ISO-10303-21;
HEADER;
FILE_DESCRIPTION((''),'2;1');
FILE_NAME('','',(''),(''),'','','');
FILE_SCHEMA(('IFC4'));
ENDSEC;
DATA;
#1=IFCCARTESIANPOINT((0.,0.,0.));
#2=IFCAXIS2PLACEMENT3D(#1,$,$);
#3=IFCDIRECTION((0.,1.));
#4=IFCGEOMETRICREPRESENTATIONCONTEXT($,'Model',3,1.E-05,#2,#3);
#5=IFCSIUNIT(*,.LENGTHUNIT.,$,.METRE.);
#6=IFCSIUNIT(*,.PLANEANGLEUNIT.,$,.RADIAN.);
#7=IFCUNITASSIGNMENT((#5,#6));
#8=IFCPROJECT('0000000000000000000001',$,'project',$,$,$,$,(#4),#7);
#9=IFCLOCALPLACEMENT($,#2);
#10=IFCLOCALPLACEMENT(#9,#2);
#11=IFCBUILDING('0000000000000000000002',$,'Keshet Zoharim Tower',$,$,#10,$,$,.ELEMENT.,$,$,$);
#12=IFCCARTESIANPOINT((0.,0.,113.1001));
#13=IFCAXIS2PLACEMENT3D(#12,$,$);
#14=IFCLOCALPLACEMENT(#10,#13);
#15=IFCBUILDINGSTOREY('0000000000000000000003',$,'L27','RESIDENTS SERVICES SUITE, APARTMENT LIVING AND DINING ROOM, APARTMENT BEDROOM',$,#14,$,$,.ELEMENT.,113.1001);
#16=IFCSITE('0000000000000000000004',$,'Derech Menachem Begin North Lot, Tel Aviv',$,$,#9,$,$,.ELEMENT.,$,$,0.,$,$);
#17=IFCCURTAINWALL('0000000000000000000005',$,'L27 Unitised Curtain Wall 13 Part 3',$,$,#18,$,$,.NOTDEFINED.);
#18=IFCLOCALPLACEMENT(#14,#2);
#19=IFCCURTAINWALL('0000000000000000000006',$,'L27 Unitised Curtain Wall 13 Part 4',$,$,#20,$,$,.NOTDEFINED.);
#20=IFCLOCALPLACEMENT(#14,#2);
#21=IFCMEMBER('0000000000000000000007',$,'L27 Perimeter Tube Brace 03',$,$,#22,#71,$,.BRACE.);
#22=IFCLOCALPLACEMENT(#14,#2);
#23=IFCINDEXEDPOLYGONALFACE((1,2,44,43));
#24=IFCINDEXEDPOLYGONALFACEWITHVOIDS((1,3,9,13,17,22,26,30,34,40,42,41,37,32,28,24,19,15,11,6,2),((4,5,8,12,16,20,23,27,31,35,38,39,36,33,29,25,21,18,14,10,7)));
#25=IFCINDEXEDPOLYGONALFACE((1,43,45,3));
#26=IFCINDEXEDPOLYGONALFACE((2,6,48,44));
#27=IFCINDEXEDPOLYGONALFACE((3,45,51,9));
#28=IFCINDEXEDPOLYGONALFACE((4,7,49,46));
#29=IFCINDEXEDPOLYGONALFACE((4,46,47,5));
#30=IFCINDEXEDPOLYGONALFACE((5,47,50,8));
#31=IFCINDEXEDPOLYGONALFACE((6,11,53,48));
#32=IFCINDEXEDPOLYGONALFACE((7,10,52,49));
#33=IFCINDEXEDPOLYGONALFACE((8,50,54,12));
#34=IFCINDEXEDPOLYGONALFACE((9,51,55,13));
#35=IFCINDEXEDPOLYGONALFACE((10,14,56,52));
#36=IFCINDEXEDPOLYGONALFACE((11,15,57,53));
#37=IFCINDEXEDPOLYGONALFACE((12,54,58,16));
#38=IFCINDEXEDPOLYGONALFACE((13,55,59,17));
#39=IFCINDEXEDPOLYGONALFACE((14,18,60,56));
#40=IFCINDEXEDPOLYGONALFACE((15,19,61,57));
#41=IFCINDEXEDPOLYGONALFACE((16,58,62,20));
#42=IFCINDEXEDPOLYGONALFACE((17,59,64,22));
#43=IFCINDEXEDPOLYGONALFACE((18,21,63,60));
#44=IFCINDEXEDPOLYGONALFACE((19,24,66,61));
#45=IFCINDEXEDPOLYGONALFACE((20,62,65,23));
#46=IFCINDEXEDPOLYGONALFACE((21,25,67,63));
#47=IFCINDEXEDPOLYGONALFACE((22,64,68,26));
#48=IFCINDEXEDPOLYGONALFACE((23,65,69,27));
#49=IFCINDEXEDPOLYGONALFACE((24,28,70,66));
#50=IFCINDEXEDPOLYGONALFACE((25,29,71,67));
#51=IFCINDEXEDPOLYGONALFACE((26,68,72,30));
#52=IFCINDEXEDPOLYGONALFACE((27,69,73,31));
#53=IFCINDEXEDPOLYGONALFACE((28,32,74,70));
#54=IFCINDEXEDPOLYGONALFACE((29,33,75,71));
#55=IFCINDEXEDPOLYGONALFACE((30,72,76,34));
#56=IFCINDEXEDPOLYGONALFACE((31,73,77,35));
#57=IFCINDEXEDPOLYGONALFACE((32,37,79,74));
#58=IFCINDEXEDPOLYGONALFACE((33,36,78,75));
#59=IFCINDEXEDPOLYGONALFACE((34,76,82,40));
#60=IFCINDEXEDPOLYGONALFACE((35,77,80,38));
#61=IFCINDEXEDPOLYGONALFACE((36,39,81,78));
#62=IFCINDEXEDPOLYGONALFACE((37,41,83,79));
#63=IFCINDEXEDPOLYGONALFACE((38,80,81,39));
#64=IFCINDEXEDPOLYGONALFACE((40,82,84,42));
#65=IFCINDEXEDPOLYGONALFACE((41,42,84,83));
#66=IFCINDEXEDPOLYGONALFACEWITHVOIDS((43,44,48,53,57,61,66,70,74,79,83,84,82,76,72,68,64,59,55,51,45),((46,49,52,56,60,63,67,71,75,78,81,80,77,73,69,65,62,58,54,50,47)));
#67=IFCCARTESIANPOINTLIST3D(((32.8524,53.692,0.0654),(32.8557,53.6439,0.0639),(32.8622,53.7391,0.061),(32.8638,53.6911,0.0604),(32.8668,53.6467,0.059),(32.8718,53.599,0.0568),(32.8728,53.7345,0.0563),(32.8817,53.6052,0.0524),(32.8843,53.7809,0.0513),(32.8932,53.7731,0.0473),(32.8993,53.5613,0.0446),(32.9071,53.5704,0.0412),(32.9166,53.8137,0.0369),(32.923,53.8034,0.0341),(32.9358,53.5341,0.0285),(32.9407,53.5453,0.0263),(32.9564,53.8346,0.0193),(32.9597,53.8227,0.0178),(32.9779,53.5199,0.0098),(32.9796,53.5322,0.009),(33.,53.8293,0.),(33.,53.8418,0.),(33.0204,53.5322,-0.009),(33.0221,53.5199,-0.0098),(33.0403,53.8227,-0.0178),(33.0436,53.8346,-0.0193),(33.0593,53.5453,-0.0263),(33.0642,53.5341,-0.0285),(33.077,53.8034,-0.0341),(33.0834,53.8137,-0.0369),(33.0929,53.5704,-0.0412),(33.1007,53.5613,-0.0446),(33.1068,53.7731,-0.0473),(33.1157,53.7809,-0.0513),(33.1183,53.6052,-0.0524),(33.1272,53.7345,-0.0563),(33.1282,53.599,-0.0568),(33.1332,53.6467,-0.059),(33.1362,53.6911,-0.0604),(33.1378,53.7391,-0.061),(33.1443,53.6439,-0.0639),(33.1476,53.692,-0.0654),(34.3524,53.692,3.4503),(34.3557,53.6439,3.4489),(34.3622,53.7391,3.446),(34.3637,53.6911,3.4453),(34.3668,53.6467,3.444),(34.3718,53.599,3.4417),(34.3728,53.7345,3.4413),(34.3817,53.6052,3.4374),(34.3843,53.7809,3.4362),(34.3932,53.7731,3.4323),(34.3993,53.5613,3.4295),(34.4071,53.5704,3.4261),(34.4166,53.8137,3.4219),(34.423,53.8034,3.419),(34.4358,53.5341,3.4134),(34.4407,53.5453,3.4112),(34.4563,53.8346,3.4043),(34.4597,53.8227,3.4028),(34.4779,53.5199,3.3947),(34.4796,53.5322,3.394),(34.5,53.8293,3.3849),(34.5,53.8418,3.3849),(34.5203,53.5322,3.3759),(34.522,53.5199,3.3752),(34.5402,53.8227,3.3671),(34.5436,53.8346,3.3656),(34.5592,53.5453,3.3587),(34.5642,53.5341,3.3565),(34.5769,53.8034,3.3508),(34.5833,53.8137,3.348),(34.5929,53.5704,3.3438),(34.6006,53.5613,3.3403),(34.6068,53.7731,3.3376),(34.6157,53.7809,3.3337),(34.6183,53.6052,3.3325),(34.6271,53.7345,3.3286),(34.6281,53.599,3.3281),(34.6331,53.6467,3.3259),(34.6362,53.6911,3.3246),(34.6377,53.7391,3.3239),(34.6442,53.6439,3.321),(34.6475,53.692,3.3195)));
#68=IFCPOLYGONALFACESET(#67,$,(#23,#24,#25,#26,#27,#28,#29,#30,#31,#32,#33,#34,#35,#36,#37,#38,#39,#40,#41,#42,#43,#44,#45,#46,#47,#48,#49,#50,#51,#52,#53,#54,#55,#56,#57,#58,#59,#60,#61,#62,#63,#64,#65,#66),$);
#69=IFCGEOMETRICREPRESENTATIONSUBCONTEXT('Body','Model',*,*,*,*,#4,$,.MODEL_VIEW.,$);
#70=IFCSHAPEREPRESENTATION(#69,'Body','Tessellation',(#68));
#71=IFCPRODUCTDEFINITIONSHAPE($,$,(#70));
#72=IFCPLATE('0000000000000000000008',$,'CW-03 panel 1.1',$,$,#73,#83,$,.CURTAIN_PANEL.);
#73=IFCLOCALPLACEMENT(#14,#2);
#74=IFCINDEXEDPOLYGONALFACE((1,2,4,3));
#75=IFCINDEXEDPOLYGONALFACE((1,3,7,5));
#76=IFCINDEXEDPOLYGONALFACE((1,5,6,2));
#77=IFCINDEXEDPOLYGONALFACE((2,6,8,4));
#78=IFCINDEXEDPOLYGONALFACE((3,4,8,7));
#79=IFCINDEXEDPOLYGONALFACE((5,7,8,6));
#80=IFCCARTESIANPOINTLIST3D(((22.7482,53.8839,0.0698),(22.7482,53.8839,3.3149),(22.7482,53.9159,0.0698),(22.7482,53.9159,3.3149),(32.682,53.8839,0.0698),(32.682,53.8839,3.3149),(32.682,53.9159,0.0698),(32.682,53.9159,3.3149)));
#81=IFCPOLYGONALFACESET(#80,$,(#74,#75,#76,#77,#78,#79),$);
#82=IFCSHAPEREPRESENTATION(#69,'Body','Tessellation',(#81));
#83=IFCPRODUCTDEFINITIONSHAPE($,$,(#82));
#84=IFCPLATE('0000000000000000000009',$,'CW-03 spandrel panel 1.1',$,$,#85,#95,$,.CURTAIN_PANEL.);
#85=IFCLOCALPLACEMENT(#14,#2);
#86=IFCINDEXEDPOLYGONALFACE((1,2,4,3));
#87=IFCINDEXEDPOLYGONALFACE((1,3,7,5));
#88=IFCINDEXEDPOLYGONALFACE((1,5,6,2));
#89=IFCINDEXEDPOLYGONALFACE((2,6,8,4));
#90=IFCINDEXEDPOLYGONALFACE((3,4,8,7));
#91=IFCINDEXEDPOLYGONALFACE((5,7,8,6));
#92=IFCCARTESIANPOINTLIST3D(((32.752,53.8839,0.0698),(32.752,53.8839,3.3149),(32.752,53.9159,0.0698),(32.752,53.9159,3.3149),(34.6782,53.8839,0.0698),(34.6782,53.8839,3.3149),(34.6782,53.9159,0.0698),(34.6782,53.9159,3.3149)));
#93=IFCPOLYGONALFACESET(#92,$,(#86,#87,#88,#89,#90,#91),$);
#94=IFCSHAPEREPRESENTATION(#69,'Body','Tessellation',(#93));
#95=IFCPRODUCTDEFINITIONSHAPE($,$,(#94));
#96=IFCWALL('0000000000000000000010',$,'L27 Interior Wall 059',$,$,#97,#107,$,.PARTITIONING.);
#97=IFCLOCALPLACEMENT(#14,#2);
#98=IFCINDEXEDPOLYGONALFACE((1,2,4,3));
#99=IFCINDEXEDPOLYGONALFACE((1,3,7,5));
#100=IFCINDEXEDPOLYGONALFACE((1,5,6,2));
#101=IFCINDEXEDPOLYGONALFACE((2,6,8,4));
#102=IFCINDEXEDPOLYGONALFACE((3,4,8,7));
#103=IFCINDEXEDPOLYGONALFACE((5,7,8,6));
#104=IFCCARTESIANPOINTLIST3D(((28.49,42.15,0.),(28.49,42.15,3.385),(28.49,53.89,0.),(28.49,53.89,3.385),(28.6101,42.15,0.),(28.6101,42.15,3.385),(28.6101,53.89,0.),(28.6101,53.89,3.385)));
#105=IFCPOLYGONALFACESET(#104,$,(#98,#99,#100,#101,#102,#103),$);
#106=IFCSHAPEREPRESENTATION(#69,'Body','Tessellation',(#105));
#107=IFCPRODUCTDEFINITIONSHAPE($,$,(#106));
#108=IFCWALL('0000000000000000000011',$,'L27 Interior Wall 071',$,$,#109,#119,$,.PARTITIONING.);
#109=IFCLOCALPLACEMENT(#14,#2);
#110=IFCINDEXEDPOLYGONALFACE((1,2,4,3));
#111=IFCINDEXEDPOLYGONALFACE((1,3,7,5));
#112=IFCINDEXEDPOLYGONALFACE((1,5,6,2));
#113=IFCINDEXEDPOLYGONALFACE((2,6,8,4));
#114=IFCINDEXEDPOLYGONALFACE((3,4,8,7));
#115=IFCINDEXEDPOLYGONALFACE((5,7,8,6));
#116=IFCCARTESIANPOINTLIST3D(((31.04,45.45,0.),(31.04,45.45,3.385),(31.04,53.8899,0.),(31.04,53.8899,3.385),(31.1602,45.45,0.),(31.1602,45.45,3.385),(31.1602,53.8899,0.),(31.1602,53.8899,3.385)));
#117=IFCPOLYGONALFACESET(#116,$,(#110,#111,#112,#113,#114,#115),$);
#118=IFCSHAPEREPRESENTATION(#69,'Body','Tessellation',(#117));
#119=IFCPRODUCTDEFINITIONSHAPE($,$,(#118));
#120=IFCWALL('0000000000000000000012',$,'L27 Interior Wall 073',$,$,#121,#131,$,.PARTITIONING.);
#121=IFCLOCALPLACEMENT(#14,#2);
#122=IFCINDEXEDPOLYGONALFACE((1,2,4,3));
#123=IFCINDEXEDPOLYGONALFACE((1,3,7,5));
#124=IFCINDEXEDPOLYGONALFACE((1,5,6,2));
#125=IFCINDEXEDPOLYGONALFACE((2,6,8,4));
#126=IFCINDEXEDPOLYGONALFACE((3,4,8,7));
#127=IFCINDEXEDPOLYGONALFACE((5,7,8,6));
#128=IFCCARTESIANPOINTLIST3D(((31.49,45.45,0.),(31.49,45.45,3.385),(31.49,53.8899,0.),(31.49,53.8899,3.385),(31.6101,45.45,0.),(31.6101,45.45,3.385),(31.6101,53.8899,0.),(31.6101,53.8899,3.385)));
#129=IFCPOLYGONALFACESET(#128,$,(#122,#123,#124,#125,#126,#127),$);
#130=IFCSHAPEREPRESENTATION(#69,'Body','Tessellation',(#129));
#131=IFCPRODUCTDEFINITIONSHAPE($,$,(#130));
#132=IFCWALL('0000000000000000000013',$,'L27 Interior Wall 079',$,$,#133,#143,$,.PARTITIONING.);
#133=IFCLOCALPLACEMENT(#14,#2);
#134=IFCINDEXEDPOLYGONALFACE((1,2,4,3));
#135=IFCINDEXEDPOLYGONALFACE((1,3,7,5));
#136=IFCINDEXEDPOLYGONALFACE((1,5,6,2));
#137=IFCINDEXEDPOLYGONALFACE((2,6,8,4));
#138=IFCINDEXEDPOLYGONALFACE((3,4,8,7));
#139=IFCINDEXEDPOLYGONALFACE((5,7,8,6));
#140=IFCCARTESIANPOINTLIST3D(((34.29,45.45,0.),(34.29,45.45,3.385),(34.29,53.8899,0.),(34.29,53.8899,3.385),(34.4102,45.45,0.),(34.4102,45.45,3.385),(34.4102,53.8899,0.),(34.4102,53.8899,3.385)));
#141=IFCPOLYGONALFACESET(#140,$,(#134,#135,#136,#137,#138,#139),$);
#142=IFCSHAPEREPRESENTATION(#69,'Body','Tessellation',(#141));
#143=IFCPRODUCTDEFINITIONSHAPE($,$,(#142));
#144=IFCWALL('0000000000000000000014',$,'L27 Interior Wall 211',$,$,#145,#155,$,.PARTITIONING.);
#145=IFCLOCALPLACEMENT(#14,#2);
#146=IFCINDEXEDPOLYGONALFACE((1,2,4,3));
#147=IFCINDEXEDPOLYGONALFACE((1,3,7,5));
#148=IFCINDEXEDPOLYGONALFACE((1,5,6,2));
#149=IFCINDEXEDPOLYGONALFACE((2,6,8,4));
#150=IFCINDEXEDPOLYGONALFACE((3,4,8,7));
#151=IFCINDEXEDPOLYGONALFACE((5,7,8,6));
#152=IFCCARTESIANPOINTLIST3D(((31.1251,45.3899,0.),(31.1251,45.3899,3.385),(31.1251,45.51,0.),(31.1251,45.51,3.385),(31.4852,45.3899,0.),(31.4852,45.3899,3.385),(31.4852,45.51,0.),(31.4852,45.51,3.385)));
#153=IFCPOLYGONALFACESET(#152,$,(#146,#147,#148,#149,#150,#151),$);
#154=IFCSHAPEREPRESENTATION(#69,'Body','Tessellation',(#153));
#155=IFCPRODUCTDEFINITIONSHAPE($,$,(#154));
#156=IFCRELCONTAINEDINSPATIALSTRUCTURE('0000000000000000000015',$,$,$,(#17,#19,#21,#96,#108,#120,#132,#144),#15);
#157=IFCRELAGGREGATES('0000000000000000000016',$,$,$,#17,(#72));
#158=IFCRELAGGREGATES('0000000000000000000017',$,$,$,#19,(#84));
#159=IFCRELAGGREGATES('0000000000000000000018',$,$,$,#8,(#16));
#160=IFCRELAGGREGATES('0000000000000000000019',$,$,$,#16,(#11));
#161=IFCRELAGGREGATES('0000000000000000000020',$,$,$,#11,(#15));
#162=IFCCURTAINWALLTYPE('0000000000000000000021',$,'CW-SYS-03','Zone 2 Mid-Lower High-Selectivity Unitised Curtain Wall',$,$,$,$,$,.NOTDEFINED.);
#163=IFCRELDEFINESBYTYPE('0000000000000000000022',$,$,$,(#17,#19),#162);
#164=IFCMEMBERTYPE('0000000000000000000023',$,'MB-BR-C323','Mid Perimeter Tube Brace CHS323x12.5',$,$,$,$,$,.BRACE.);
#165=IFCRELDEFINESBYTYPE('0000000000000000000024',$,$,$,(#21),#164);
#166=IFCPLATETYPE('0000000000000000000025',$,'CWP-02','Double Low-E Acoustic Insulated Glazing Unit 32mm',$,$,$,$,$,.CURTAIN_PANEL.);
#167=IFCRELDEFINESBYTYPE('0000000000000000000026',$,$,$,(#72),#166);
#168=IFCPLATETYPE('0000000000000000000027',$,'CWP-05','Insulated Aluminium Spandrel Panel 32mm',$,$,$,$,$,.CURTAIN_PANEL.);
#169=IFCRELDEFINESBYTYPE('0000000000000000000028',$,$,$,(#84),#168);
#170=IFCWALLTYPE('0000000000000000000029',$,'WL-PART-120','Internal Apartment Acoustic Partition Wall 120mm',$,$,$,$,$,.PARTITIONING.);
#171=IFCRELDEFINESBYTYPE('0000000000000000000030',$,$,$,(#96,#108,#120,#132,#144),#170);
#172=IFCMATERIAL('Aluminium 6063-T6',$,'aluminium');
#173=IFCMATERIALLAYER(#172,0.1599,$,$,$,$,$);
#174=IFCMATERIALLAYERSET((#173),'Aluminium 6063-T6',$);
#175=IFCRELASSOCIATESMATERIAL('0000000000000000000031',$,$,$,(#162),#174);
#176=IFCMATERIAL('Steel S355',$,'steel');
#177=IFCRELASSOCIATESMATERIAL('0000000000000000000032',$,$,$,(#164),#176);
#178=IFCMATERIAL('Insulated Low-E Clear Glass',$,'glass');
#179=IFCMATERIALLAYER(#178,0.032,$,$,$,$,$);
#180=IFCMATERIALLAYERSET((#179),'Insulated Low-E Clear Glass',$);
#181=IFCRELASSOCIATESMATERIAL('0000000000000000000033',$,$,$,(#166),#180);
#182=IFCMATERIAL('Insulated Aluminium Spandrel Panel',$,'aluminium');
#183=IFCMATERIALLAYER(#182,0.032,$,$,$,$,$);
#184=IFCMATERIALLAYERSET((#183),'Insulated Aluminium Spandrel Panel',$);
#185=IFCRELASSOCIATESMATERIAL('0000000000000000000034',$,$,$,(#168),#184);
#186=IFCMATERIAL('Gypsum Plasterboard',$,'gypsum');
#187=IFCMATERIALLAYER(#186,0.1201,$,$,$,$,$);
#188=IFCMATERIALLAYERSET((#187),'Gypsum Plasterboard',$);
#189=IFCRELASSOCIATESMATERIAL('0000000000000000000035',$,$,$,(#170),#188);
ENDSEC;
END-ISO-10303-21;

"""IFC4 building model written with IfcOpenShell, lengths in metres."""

from ifc_helpers import new_model, si_unit, direction, frame, frame_2d, origin, origin_2d, place, context, subcontext, project, spatial, rectangle, hollow_circle, extrude, material, layer, layer_set, material_profile, profile_set, type_object, element, aggregate, save


model = new_model("IFC4")

# Units and contexts
model_context = context("Model", 3, precision=1e-05, world=origin(), true_north=direction((0.0, 1.0)))
body_context = subcontext(model_context, "Body", "Model", "MODEL_VIEW")
ifc_project = project(units=[si_unit("LENGTHUNIT", "METRE"), si_unit("PLANEANGLEUNIT", "RADIAN")], contexts=[model_context])

# Site, building, storey
site_placement = place(None, origin())
site = spatial("IfcSite", under=ifc_project, at=site_placement, Name="Derech Menachem Begin North Lot, Tel Aviv", CompositionType="ELEMENT", RefElevation=0.0)
building_placement = place(site_placement, origin())
building = spatial("IfcBuilding", under=site, at=building_placement, Name="Keshet Zoharim Tower", CompositionType="ELEMENT")
storey_placement = place(building_placement, frame((0.0, 0.0, 113.1001)))
storey = spatial("IfcBuildingStorey", under=building, at=storey_placement, Name="L27", Description="RESIDENTS SERVICES SUITE, APARTMENT LIVING AND DINING ROOM, APARTMENT BEDROOM", CompositionType="ELEMENT", Elevation=113.1001)

# Shared definitions
ifc_material_1 = material(Name="Steel S355", Category="steel")

# Curtain wall
ifc_material_2 = material(Name="Aluminium 6063-T6", Category="aluminium")
ifc_layer_1 = layer(ifc_material_2, 0.1599)
ifc_layer_set_1 = layer_set([ifc_layer_1], Name="Aluminium 6063-T6")
curtain_wall_type = type_object("IfcCurtainWallType", Name="CW-SYS-03", Description="Zone 2 Mid-Lower High-Selectivity Unitised Curtain Wall", PredefinedType="NOTDEFINED", material=ifc_layer_set_1)
curtain_wall_1_placement = place(storey_placement, origin())
curtain_wall_1 = element("IfcCurtainWall", 1, at=curtain_wall_1_placement, inside=storey, type_object=curtain_wall_type, Name="L27 Unitised Curtain Wall 13 Part 3", PredefinedType="NOTDEFINED")

# Curtain wall
curtain_wall_2_placement = place(storey_placement, origin())
curtain_wall_2 = element("IfcCurtainWall", 2, at=curtain_wall_2_placement, inside=storey, type_object=curtain_wall_type, Name="L27 Unitised Curtain Wall 13 Part 4", PredefinedType="NOTDEFINED")

# Member
ifc_material_profile_1 = material_profile(ifc_material_1, hollow_circle(Radius=0.1619, WallThickness=0.0125, at=origin_2d()), Name="CHS323x12.5")
ifc_profile_set_1 = profile_set([ifc_material_profile_1], Name="Steel S355")
member_type_1 = type_object("IfcMemberType", Name="MB-BR-C323", Description="Mid Perimeter Tube Brace CHS323x12.5", PredefinedType="BRACE", material=ifc_profile_set_1)
member_1_placement = place(storey_placement, frame((33.0, 53.6799, 0.0), z_axis=(0.405135, 0.0, 0.914257), x_axis=(0.0, 1.0, 0.0)))
element("IfcMember", 3, at=member_1_placement, inside=storey, type_object=member_type_1, Name="L27 Perimeter Tube Brace 03", PredefinedType="BRACE", context=body_context, shape_type="SweptSolid", body=[
    extrude(hollow_circle(Radius=0.1619, WallThickness=0.0125, at=origin_2d()), origin(), (0.0, 0.0, 1.0), 3.7024),
])

# Plates
ifc_material_3 = material(Name="Insulated Low-E Clear Glass", Category="glass")
ifc_layer_2 = layer(ifc_material_3, 0.032)
ifc_layer_set_2 = layer_set([ifc_layer_2], Name="Insulated Low-E Clear Glass")
plate_type_1 = type_object("IfcPlateType", Name="CWP-02", Description="Double Low-E Acoustic Insulated Glazing Unit 32mm", PredefinedType="CURTAIN_PANEL", material=ifc_layer_set_2)
plate_1_placement = place(storey_placement, frame((27.7151, 53.8999, 0.0698), z_axis=(0.0, 0.0, 1.0), x_axis=(1.0, 0.0, 0.0)))
plate_1 = element("IfcPlate", 4, at=plate_1_placement, type_object=plate_type_1, Name="CW-03 panel 1.1", PredefinedType="CURTAIN_PANEL", context=body_context, shape_type="SweptSolid", body=[
    extrude(rectangle(XDim=9.9338, YDim=0.032, at=origin_2d()), origin(), (0.0, 0.0, 1.0), 3.2451),
])
aggregate(curtain_wall_1, [plate_1])
ifc_material_4 = material(Name="Insulated Aluminium Spandrel Panel", Category="aluminium")
ifc_layer_3 = layer(ifc_material_4, 0.032)
ifc_layer_set_3 = layer_set([ifc_layer_3], Name="Insulated Aluminium Spandrel Panel")
plate_type_2 = type_object("IfcPlateType", Name="CWP-05", Description="Insulated Aluminium Spandrel Panel 32mm", PredefinedType="CURTAIN_PANEL", material=ifc_layer_set_3)
plate_2_placement = place(storey_placement, frame((33.7151, 53.8999, 0.0698), z_axis=(0.0, 0.0, 1.0), x_axis=(1.0, 0.0, 0.0)))
plate_2 = element("IfcPlate", 5, at=plate_2_placement, type_object=plate_type_2, Name="CW-03 spandrel panel 1.1", PredefinedType="CURTAIN_PANEL", context=body_context, shape_type="SweptSolid", body=[
    extrude(rectangle(XDim=1.9263, YDim=0.032, at=origin_2d()), origin(), (0.0, 0.0, 1.0), 3.2451),
])
aggregate(curtain_wall_2, [plate_2])

# Walls
ifc_material_5 = material(Name="Gypsum Plasterboard", Category="gypsum")
ifc_layer_4 = layer(ifc_material_5, 0.1201)
ifc_layer_set_4 = layer_set([ifc_layer_4], Name="Gypsum Plasterboard")
wall_type_1 = type_object("IfcWallType", Name="WL-PART-120", Description="Internal Apartment Acoustic Partition Wall 120mm", PredefinedType="PARTITIONING", material=ifc_layer_set_4)
wall_1_placement = place(storey_placement, frame((28.55, 42.1499, 0.0), z_axis=(0.0, 0.0, 1.0), x_axis=(0.0, 1.0, 0.0)))
element("IfcWall", 6, at=wall_1_placement, inside=storey, type_object=wall_type_1, Name="L27 Interior Wall 059", PredefinedType="PARTITIONING", context=body_context, shape_type="SweptSolid", body=[
    extrude(rectangle(XDim=11.74, YDim=0.1201, at=frame_2d((5.8701, 0.0))), origin(), (0.0, 0.0, 1.0), 3.385),
])
for number, where, z_axis, x_axis, name in (
    (7, (31.1001, 45.45, 0.0), (0.0, 0.0, 1.0), (0.0, 1.0, 0.0), "L27 Interior Wall 071"),
    (8, (31.55, 45.45, 0.0), (0.0, 0.0, 1.0), (0.0, 1.0, 0.0), "L27 Interior Wall 073"),
    (9, (34.3501, 45.45, 0.0), (0.0, 0.0, 1.0), (0.0, 1.0, 0.0), "L27 Interior Wall 079"),
):
    element("IfcWall", number, at=place(storey_placement, frame(where, z_axis=z_axis, x_axis=x_axis)), inside=storey, type_object=wall_type_1, Name=name, PredefinedType="PARTITIONING", context=body_context, shape_type="SweptSolid", body=[
        extrude(rectangle(XDim=8.4399, YDim=0.1201, at=frame_2d((4.22, 0.0))), origin(), (0.0, 0.0, 1.0), 3.385),
    ])
wall_2_placement = place(storey_placement, frame((31.125, 45.45, 0.0), z_axis=(0.0, 0.0, 1.0), x_axis=(1.0, 0.0, 0.0)))
element("IfcWall", 10, at=wall_2_placement, inside=storey, type_object=wall_type_1, Name="L27 Interior Wall 211", PredefinedType="PARTITIONING", context=body_context, shape_type="SweptSolid", body=[
    extrude(rectangle(XDim=0.3601, YDim=0.1201, at=frame_2d((0.1802, 0.0))), origin(), (0.0, 0.0, 1.0), 3.385),
])

save(model, "model.ifc")
